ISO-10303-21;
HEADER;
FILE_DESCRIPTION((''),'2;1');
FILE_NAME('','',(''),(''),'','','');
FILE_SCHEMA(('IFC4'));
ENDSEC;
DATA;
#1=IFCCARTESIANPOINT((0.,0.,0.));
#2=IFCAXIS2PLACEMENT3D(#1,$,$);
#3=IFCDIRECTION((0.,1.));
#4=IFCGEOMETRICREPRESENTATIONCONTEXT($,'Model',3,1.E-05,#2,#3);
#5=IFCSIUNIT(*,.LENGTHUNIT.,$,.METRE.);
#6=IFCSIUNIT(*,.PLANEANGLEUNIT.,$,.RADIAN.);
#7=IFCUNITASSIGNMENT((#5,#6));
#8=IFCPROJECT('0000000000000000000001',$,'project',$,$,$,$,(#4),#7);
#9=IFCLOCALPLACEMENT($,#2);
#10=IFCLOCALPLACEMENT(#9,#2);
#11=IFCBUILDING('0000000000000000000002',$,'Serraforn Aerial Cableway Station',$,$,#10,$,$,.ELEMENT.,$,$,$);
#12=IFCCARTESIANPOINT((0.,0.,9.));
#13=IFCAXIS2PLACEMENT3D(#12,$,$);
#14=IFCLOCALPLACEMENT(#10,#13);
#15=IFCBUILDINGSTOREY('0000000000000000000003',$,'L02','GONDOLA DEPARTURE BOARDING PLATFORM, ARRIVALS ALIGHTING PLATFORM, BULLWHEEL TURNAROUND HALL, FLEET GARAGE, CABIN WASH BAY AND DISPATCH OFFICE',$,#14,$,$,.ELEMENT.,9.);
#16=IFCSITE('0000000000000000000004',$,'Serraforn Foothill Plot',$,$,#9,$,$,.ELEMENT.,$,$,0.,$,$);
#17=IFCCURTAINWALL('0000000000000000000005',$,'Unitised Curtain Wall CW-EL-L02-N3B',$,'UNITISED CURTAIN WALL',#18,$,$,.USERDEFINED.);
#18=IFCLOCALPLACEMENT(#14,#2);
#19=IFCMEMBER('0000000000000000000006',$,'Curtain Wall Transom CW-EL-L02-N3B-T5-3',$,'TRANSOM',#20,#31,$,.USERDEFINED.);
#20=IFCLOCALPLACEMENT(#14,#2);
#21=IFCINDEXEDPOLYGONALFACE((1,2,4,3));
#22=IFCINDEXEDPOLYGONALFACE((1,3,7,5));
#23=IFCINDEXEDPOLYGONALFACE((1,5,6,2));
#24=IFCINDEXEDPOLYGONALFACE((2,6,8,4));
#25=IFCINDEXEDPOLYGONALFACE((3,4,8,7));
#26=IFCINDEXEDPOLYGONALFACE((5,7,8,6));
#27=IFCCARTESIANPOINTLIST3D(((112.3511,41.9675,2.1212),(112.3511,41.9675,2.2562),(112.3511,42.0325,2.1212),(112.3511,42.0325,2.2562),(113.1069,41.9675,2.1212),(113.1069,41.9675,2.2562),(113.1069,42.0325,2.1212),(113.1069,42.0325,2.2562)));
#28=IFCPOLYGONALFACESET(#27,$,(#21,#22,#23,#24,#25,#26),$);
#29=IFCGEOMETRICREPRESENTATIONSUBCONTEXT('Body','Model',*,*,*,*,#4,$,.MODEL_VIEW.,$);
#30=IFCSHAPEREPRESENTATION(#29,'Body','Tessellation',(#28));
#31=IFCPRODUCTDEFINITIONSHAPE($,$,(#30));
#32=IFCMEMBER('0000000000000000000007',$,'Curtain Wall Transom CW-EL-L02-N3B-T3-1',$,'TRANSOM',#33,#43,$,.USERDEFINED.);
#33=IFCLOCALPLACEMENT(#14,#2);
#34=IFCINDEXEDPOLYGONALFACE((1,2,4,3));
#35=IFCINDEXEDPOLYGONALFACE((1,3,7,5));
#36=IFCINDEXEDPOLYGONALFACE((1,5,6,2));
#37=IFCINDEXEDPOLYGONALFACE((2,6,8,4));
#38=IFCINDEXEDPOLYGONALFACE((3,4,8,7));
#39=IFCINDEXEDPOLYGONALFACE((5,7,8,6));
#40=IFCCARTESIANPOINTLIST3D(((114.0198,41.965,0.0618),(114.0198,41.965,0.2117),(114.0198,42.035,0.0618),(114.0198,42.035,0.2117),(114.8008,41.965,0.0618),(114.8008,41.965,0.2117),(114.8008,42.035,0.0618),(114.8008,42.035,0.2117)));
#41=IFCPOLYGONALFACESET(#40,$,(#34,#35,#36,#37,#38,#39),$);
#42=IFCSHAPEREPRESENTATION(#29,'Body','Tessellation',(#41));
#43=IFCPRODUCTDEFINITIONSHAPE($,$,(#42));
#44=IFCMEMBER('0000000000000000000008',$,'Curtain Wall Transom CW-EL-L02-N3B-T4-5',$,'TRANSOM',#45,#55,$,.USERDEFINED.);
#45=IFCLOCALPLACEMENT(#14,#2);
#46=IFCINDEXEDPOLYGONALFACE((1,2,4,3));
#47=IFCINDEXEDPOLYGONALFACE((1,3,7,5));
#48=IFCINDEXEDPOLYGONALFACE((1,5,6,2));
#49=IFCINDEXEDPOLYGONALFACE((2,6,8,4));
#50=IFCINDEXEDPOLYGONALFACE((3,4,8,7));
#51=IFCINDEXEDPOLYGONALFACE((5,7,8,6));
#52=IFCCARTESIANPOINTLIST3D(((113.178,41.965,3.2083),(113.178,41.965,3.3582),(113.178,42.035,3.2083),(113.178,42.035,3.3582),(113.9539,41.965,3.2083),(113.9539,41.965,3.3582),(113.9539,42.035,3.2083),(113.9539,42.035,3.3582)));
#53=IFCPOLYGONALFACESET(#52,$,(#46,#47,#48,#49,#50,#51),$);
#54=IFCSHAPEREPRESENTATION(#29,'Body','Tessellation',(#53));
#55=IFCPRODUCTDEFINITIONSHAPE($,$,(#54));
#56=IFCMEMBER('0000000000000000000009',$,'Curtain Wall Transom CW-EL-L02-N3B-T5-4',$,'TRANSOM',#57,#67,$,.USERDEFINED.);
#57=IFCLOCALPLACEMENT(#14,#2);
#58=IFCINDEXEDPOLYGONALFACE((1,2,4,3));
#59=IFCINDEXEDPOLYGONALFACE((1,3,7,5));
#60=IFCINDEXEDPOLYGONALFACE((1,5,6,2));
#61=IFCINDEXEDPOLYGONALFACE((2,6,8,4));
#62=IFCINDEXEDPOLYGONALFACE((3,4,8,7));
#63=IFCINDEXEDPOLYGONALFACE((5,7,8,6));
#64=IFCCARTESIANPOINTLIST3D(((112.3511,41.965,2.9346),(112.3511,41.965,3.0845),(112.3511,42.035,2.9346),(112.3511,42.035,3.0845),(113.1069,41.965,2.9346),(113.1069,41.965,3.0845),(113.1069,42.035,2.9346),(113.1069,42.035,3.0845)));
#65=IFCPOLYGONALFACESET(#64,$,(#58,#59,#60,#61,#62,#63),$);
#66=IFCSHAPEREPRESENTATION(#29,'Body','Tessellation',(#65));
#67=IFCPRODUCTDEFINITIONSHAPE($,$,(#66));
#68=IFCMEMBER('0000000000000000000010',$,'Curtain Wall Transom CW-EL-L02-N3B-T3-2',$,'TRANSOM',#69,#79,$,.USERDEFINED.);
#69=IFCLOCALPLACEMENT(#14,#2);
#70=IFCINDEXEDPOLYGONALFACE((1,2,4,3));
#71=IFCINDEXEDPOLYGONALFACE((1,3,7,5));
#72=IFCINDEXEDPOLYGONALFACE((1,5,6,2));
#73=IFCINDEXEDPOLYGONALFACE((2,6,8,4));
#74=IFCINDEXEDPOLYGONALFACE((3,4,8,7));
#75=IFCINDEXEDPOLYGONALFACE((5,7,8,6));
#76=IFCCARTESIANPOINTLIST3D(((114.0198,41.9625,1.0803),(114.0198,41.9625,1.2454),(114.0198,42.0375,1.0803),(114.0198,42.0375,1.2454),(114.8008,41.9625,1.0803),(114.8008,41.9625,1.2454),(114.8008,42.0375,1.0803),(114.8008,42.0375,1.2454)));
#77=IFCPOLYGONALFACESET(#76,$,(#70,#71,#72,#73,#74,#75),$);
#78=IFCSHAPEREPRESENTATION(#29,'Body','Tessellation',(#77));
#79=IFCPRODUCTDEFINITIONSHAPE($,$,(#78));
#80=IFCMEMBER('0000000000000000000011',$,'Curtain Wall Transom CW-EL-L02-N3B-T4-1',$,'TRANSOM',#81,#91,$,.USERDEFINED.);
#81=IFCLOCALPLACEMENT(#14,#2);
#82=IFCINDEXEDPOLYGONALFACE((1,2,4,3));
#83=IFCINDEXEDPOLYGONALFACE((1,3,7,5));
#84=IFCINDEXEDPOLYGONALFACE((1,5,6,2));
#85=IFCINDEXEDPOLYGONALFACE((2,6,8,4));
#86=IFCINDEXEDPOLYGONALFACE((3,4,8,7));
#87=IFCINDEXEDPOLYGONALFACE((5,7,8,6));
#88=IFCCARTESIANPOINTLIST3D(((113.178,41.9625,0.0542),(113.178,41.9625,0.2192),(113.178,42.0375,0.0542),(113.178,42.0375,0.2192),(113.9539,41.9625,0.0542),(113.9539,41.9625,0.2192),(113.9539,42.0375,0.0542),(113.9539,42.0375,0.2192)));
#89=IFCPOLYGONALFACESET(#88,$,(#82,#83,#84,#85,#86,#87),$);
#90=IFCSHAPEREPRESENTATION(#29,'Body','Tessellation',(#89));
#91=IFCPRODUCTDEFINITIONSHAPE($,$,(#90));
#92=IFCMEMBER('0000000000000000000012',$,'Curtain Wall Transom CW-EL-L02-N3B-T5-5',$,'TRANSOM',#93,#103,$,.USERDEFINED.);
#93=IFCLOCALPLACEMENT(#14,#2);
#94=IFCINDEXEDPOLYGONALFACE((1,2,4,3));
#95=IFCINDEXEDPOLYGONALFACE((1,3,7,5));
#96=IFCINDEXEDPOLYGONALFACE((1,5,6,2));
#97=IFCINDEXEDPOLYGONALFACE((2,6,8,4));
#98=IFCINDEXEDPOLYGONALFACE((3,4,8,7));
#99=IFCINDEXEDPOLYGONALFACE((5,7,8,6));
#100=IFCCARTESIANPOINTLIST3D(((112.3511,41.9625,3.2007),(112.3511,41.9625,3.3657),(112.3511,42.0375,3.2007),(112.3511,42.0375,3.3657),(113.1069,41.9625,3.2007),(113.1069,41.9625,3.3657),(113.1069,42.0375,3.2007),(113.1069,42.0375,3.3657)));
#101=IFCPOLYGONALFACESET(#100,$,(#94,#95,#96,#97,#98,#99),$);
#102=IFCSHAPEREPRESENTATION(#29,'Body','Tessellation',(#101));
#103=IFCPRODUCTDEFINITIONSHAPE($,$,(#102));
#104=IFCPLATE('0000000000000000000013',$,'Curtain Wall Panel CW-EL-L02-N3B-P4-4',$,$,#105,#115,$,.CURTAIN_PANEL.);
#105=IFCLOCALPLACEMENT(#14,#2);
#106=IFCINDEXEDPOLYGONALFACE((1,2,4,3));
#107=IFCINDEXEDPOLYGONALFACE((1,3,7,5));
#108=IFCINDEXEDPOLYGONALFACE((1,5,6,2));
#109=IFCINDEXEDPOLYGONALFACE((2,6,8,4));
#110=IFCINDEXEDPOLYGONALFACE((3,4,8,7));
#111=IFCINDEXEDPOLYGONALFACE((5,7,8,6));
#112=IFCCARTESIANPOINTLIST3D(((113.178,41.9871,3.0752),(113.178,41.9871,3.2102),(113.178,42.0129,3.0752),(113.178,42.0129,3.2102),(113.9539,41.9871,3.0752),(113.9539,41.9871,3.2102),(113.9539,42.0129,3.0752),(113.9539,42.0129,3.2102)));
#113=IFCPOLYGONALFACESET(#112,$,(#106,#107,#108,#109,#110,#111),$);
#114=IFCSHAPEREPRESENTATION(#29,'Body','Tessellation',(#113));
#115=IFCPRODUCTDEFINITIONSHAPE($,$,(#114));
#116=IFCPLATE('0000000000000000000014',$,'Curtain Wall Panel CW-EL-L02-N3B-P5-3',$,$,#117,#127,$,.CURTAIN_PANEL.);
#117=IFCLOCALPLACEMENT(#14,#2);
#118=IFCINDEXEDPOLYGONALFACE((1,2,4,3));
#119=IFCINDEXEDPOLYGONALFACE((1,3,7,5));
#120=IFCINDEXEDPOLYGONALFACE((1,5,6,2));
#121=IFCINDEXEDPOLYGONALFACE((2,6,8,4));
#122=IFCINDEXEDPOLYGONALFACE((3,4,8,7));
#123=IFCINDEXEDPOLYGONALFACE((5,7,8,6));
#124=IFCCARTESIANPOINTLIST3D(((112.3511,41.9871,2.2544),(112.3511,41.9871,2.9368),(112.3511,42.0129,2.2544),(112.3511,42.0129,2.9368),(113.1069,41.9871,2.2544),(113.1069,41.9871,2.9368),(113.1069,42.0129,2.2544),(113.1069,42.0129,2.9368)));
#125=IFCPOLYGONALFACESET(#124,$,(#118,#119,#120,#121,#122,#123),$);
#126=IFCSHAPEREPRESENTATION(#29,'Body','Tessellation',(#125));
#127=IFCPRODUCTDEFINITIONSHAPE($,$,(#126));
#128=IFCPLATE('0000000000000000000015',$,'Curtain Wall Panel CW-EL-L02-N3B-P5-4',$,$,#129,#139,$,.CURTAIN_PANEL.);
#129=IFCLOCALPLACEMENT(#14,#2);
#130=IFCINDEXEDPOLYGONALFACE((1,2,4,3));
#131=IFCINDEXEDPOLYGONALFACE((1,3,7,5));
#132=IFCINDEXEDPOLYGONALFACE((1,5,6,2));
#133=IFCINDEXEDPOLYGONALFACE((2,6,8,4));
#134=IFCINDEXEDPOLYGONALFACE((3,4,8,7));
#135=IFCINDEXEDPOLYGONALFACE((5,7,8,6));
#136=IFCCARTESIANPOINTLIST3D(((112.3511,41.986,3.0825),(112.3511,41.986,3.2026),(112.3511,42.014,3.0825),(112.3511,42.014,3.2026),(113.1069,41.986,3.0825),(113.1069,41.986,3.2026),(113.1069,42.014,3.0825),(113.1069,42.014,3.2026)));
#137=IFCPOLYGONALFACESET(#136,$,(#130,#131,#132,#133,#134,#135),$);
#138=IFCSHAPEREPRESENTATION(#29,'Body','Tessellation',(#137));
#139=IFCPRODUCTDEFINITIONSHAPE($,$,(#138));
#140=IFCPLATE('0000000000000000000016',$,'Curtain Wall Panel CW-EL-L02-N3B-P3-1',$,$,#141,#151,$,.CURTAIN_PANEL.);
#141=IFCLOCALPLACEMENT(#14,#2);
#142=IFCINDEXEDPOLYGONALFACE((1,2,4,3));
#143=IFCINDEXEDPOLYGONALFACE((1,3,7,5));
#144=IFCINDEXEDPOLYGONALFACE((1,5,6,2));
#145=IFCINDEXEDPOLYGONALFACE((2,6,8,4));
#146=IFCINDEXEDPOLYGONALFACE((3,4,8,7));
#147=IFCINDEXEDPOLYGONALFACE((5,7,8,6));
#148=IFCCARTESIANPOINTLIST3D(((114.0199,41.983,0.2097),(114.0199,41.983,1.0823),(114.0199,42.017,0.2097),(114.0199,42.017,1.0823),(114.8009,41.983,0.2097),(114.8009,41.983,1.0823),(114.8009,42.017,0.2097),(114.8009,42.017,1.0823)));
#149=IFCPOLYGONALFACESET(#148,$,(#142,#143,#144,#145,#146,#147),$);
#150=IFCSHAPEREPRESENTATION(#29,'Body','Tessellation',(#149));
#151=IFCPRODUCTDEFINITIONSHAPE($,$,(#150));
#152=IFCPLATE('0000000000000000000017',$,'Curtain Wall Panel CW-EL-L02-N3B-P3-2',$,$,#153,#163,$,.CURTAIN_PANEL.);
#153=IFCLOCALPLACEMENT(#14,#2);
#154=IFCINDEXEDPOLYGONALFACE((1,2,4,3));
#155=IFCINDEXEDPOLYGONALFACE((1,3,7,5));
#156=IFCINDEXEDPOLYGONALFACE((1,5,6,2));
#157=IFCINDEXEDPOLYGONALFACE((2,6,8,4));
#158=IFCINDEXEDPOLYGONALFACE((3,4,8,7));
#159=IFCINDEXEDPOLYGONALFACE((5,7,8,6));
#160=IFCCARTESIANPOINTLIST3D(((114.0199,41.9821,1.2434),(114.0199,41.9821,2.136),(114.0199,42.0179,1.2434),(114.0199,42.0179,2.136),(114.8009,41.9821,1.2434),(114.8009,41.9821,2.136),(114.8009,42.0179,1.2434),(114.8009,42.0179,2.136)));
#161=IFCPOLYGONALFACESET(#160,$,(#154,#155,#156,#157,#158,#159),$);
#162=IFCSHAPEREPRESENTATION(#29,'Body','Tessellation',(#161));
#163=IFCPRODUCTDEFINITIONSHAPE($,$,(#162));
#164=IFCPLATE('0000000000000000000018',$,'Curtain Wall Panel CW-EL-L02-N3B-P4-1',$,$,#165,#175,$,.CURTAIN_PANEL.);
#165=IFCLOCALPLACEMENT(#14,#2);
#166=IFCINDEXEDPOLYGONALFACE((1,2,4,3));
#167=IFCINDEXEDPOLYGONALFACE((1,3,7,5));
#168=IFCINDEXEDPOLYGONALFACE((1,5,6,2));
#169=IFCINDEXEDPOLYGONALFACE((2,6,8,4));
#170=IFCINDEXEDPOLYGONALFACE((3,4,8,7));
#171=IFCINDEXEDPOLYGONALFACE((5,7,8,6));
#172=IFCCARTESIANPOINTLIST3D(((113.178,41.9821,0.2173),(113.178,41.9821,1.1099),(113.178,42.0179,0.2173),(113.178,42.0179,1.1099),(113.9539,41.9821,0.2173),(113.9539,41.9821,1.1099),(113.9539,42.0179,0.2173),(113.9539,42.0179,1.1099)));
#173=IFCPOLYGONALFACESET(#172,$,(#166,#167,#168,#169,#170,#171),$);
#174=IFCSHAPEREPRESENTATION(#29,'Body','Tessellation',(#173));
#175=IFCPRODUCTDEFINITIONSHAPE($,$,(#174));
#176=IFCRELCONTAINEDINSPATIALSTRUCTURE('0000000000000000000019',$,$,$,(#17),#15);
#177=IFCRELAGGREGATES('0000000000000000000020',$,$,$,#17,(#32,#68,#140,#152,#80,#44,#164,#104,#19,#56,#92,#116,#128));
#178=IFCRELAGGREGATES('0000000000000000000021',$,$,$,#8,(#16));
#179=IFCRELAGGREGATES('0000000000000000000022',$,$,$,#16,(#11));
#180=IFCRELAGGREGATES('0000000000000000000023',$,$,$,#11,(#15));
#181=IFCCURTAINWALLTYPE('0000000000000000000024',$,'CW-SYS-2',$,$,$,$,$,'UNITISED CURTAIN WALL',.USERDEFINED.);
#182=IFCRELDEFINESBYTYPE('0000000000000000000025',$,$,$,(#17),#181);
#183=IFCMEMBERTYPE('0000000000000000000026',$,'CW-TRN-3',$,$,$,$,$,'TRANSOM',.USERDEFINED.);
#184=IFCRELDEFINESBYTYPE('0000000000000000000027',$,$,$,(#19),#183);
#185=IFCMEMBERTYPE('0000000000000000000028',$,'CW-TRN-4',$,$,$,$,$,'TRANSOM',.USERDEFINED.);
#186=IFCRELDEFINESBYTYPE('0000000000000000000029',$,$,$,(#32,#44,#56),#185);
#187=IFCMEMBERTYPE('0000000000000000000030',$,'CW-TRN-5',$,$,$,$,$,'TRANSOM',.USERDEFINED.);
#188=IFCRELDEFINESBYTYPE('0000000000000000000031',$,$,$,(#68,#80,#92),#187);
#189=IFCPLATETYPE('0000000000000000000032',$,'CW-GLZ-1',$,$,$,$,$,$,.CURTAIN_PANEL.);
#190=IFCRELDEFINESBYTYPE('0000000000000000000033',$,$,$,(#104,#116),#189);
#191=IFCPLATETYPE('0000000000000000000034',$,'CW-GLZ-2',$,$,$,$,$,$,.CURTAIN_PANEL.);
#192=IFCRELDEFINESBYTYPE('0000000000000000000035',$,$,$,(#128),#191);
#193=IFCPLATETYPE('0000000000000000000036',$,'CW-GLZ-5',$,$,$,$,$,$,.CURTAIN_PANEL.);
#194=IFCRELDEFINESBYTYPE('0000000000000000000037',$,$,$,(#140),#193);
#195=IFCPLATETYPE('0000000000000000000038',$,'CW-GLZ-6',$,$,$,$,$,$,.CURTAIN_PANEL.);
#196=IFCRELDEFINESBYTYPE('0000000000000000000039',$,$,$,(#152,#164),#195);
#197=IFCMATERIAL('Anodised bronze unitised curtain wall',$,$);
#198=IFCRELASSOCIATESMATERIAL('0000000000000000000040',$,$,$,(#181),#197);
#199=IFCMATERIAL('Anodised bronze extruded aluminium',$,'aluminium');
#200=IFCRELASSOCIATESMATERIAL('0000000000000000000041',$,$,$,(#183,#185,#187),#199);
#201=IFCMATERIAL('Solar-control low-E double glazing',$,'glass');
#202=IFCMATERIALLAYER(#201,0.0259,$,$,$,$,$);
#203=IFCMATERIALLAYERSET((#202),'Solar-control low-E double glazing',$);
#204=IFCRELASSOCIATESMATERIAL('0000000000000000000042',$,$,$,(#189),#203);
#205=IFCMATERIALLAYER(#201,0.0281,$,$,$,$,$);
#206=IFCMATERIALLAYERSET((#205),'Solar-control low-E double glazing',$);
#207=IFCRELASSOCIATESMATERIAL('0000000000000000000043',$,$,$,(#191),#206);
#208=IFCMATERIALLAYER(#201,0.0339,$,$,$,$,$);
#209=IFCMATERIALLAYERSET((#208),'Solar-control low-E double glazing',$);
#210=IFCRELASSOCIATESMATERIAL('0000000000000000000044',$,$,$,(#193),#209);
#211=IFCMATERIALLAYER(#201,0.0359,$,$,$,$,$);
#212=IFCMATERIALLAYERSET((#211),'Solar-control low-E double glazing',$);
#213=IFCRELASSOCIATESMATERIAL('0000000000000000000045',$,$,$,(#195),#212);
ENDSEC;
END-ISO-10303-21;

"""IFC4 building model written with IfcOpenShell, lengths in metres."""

from ifc_helpers import new_model, si_unit, direction, frame, origin, origin_2d, place, context, subcontext, project, spatial, rectangle, extrude, material, layer, layer_set, material_profile, profile_set, type_object, element, aggregate, save


model = new_model("IFC4")

# Units and contexts
model_context = context("Model", 3, precision=1e-05, world=origin(), true_north=direction((0.0, 1.0)))
body_context = subcontext(model_context, "Body", "Model", "MODEL_VIEW")
ifc_project = project(units=[si_unit("LENGTHUNIT", "METRE"), si_unit("PLANEANGLEUNIT", "RADIAN")], contexts=[model_context])

# Site, building, storey
site_placement = place(None, origin())
site = spatial("IfcSite", under=ifc_project, at=site_placement, Name="Serraforn Foothill Plot", CompositionType="ELEMENT", RefElevation=0.0)
building_placement = place(site_placement, origin())
building = spatial("IfcBuilding", under=site, at=building_placement, Name="Serraforn Aerial Cableway Station", CompositionType="ELEMENT")
storey_placement = place(building_placement, frame((0.0, 0.0, 9.0)))
storey = spatial("IfcBuildingStorey", under=building, at=storey_placement, Name="L02", Description="GONDOLA DEPARTURE BOARDING PLATFORM, ARRIVALS ALIGHTING PLATFORM, BULLWHEEL TURNAROUND HALL, FLEET GARAGE, CABIN WASH BAY AND DISPATCH OFFICE", CompositionType="ELEMENT", Elevation=9.0)

# Curtain wall, members, plates
ifc_material_1 = material(Name="Anodised bronze unitised curtain wall")
curtain_wall_type = type_object("IfcCurtainWallType", Name="CW-SYS-2", ElementType="UNITISED CURTAIN WALL", PredefinedType="USERDEFINED", material=ifc_material_1)
curtain_wall_placement = place(storey_placement, origin())
curtain_wall = element("IfcCurtainWall", 1, at=curtain_wall_placement, inside=storey, type_object=curtain_wall_type, Name="Unitised Curtain Wall CW-EL-L02-N3B", ObjectType="UNITISED CURTAIN WALL", PredefinedType="USERDEFINED")
ifc_material_2 = material(Name="Anodised bronze extruded aluminium", Category="aluminium")
ifc_material_profile_1 = material_profile(ifc_material_2, rectangle(XDim=0.0649, YDim=0.135, at=origin_2d()), Name="CW TRANSOM 65x135")
ifc_profile_set_1 = profile_set([ifc_material_profile_1], Name="Anodised bronze extruded aluminium")
member_type_1 = type_object("IfcMemberType", Name="CW-TRN-3", ElementType="TRANSOM", PredefinedType="USERDEFINED", material=ifc_profile_set_1)
member_1_placement = place(storey_placement, frame((113.1069, 42.0, 2.1887), z_axis=(-1.0, 0.0, 0.0), x_axis=(0.0, -1.0, 0.0)))
member_1 = element("IfcMember", 2, at=member_1_placement, type_object=member_type_1, Name="Curtain Wall Transom CW-EL-L02-N3B-T5-3", ObjectType="TRANSOM", PredefinedType="USERDEFINED", context=body_context, shape_type="SweptSolid", body=[
    extrude(rectangle(XDim=0.0649, YDim=0.135, at=origin_2d()), origin(), (0.0, 0.0, 1.0), 0.7559),
])
ifc_material_profile_2 = material_profile(ifc_material_2, rectangle(XDim=0.0701, YDim=0.1499, at=origin_2d()), Name="CW TRANSOM 70x150")
ifc_profile_set_2 = profile_set([ifc_material_profile_2], Name="Anodised bronze extruded aluminium")
member_type_2 = type_object("IfcMemberType", Name="CW-TRN-4", ElementType="TRANSOM", PredefinedType="USERDEFINED", material=ifc_profile_set_2)
member_2_placement = place(storey_placement, frame((114.8008, 42.0, 0.1367), z_axis=(-1.0, 0.0, 0.0), x_axis=(0.0, -1.0, 0.0)))
member_2 = element("IfcMember", 3, at=member_2_placement, type_object=member_type_2, Name="Curtain Wall Transom CW-EL-L02-N3B-T3-1", ObjectType="TRANSOM", PredefinedType="USERDEFINED", context=body_context, shape_type="SweptSolid", body=[
    extrude(rectangle(XDim=0.0701, YDim=0.1499, at=origin_2d()), origin(), (0.0, 0.0, 1.0), 0.781),
])
member_3_placement = place(storey_placement, frame((113.9539, 42.0, 3.2832), z_axis=(-1.0, 0.0, 0.0), x_axis=(0.0, -1.0, 0.0)))
member_3 = element("IfcMember", 4, at=member_3_placement, type_object=member_type_2, Name="Curtain Wall Transom CW-EL-L02-N3B-T4-5", ObjectType="TRANSOM", PredefinedType="USERDEFINED", context=body_context, shape_type="SweptSolid", body=[
    extrude(rectangle(XDim=0.0701, YDim=0.1499, at=origin_2d()), origin(), (0.0, 0.0, 1.0), 0.7759),
])
member_4_placement = place(storey_placement, frame((113.1069, 42.0, 3.0095), z_axis=(-1.0, 0.0, 0.0), x_axis=(0.0, -1.0, 0.0)))
member_4 = element("IfcMember", 5, at=member_4_placement, type_object=member_type_2, Name="Curtain Wall Transom CW-EL-L02-N3B-T5-4", ObjectType="TRANSOM", PredefinedType="USERDEFINED", context=body_context, shape_type="SweptSolid", body=[
    extrude(rectangle(XDim=0.0701, YDim=0.1499, at=origin_2d()), origin(), (0.0, 0.0, 1.0), 0.7559),
])
ifc_material_profile_3 = material_profile(ifc_material_2, rectangle(XDim=0.075, YDim=0.165, at=origin_2d()), Name="CW TRANSOM 75x165")
ifc_profile_set_3 = profile_set([ifc_material_profile_3], Name="Anodised bronze extruded aluminium")
member_type_3 = type_object("IfcMemberType", Name="CW-TRN-5", ElementType="TRANSOM", PredefinedType="USERDEFINED", material=ifc_profile_set_3)
member_5_placement = place(storey_placement, frame((114.8008, 42.0, 1.1628), z_axis=(-1.0, 0.0, 0.0), x_axis=(0.0, -1.0, 0.0)))
member_5 = element("IfcMember", 6, at=member_5_placement, type_object=member_type_3, Name="Curtain Wall Transom CW-EL-L02-N3B-T3-2", ObjectType="TRANSOM", PredefinedType="USERDEFINED", context=body_context, shape_type="SweptSolid", body=[
    extrude(rectangle(XDim=0.075, YDim=0.165, at=origin_2d()), origin(), (0.0, 0.0, 1.0), 0.781),
])
member_6_placement = place(storey_placement, frame((113.9539, 42.0, 0.1367), z_axis=(-1.0, 0.0, 0.0), x_axis=(0.0, -1.0, 0.0)))
member_6 = element("IfcMember", 7, at=member_6_placement, type_object=member_type_3, Name="Curtain Wall Transom CW-EL-L02-N3B-T4-1", ObjectType="TRANSOM", PredefinedType="USERDEFINED", context=body_context, shape_type="SweptSolid", body=[
    extrude(rectangle(XDim=0.075, YDim=0.165, at=origin_2d()), origin(), (0.0, 0.0, 1.0), 0.7759),
])
member_7_placement = place(storey_placement, frame((113.1069, 42.0, 3.2832), z_axis=(-1.0, 0.0, 0.0), x_axis=(0.0, -1.0, 0.0)))
member_7 = element("IfcMember", 8, at=member_7_placement, type_object=member_type_3, Name="Curtain Wall Transom CW-EL-L02-N3B-T5-5", ObjectType="TRANSOM", PredefinedType="USERDEFINED", context=body_context, shape_type="SweptSolid", body=[
    extrude(rectangle(XDim=0.075, YDim=0.165, at=origin_2d()), origin(), (0.0, 0.0, 1.0), 0.7559),
])
ifc_material_3 = material(Name="Solar-control low-E double glazing", Category="glass")
ifc_layer_1 = layer(ifc_material_3, 0.0259)
ifc_layer_set_1 = layer_set([ifc_layer_1], Name="Solar-control low-E double glazing")
plate_type_1 = type_object("IfcPlateType", Name="CW-GLZ-1", PredefinedType="CURTAIN_PANEL", material=ifc_layer_set_1)
plate_1_placement = place(storey_placement, frame((113.5659, 42.0, 3.0752), z_axis=(0.0, 0.0, 1.0), x_axis=(1.0, 0.0, 0.0)))
plate_1 = element("IfcPlate", 9, at=plate_1_placement, type_object=plate_type_1, Name="Curtain Wall Panel CW-EL-L02-N3B-P4-4", PredefinedType="CURTAIN_PANEL", context=body_context, shape_type="SweptSolid", body=[
    extrude(rectangle(XDim=0.7759, YDim=0.0259, at=origin_2d()), origin(), (0.0, 0.0, 1.0), 0.135),
])
plate_2_placement = place(storey_placement, frame((112.729, 42.0, 2.2544), z_axis=(0.0, 0.0, 1.0), x_axis=(1.0, 0.0, 0.0)))
plate_2 = element("IfcPlate", 10, at=plate_2_placement, type_object=plate_type_1, Name="Curtain Wall Panel CW-EL-L02-N3B-P5-3", PredefinedType="CURTAIN_PANEL", context=body_context, shape_type="SweptSolid", body=[
    extrude(rectangle(XDim=0.7559, YDim=0.0259, at=origin_2d()), origin(), (0.0, 0.0, 1.0), 0.6824),
])
ifc_layer_2 = layer(ifc_material_3, 0.0281)
ifc_layer_set_2 = layer_set([ifc_layer_2], Name="Solar-control low-E double glazing")
plate_type_2 = type_object("IfcPlateType", Name="CW-GLZ-2", PredefinedType="CURTAIN_PANEL", material=ifc_layer_set_2)
plate_3_placement = place(storey_placement, frame((112.729, 42.0, 3.0825), z_axis=(0.0, 0.0, 1.0), x_axis=(1.0, 0.0, 0.0)))
plate_3 = element("IfcPlate", 11, at=plate_3_placement, type_object=plate_type_2, Name="Curtain Wall Panel CW-EL-L02-N3B-P5-4", PredefinedType="CURTAIN_PANEL", context=body_context, shape_type="SweptSolid", body=[
    extrude(rectangle(XDim=0.7559, YDim=0.0281, at=origin_2d()), origin(), (0.0, 0.0, 1.0), 0.1201),
])
ifc_layer_3 = layer(ifc_material_3, 0.0339)
ifc_layer_set_3 = layer_set([ifc_layer_3], Name="Solar-control low-E double glazing")
plate_type_3 = type_object("IfcPlateType", Name="CW-GLZ-5", PredefinedType="CURTAIN_PANEL", material=ifc_layer_set_3)
plate_4_placement = place(storey_placement, frame((114.4104, 42.0, 0.2097), z_axis=(0.0, 0.0, 1.0), x_axis=(1.0, 0.0, 0.0)))
plate_4 = element("IfcPlate", 12, at=plate_4_placement, type_object=plate_type_3, Name="Curtain Wall Panel CW-EL-L02-N3B-P3-1", PredefinedType="CURTAIN_PANEL", context=body_context, shape_type="SweptSolid", body=[
    extrude(rectangle(XDim=0.781, YDim=0.0339, at=origin_2d()), origin(), (0.0, 0.0, 1.0), 0.8726),
])
ifc_layer_4 = layer(ifc_material_3, 0.0359)
ifc_layer_set_4 = layer_set([ifc_layer_4], Name="Solar-control low-E double glazing")
plate_type_4 = type_object("IfcPlateType", Name="CW-GLZ-6", PredefinedType="CURTAIN_PANEL", material=ifc_layer_set_4)
plate_5_placement = place(storey_placement, frame((114.4104, 42.0, 1.2434), z_axis=(0.0, 0.0, 1.0), x_axis=(1.0, 0.0, 0.0)))
plate_5 = element("IfcPlate", 13, at=plate_5_placement, type_object=plate_type_4, Name="Curtain Wall Panel CW-EL-L02-N3B-P3-2", PredefinedType="CURTAIN_PANEL", context=body_context, shape_type="SweptSolid", body=[
    extrude(rectangle(XDim=0.781, YDim=0.0359, at=origin_2d()), origin(), (0.0, 0.0, 1.0), 0.8926),
])
plate_6_placement = place(storey_placement, frame((113.5659, 42.0, 0.2173), z_axis=(0.0, 0.0, 1.0), x_axis=(1.0, 0.0, 0.0)))
plate_6 = element("IfcPlate", 14, at=plate_6_placement, type_object=plate_type_4, Name="Curtain Wall Panel CW-EL-L02-N3B-P4-1", PredefinedType="CURTAIN_PANEL", context=body_context, shape_type="SweptSolid", body=[
    extrude(rectangle(XDim=0.7759, YDim=0.0359, at=origin_2d()), origin(), (0.0, 0.0, 1.0), 0.8926),
])
aggregate(curtain_wall, [member_2, member_5, plate_4, plate_5, member_6, member_3, plate_6, plate_1, member_1, member_4, member_7, plate_2, plate_3])

save(model, "model.ifc")
